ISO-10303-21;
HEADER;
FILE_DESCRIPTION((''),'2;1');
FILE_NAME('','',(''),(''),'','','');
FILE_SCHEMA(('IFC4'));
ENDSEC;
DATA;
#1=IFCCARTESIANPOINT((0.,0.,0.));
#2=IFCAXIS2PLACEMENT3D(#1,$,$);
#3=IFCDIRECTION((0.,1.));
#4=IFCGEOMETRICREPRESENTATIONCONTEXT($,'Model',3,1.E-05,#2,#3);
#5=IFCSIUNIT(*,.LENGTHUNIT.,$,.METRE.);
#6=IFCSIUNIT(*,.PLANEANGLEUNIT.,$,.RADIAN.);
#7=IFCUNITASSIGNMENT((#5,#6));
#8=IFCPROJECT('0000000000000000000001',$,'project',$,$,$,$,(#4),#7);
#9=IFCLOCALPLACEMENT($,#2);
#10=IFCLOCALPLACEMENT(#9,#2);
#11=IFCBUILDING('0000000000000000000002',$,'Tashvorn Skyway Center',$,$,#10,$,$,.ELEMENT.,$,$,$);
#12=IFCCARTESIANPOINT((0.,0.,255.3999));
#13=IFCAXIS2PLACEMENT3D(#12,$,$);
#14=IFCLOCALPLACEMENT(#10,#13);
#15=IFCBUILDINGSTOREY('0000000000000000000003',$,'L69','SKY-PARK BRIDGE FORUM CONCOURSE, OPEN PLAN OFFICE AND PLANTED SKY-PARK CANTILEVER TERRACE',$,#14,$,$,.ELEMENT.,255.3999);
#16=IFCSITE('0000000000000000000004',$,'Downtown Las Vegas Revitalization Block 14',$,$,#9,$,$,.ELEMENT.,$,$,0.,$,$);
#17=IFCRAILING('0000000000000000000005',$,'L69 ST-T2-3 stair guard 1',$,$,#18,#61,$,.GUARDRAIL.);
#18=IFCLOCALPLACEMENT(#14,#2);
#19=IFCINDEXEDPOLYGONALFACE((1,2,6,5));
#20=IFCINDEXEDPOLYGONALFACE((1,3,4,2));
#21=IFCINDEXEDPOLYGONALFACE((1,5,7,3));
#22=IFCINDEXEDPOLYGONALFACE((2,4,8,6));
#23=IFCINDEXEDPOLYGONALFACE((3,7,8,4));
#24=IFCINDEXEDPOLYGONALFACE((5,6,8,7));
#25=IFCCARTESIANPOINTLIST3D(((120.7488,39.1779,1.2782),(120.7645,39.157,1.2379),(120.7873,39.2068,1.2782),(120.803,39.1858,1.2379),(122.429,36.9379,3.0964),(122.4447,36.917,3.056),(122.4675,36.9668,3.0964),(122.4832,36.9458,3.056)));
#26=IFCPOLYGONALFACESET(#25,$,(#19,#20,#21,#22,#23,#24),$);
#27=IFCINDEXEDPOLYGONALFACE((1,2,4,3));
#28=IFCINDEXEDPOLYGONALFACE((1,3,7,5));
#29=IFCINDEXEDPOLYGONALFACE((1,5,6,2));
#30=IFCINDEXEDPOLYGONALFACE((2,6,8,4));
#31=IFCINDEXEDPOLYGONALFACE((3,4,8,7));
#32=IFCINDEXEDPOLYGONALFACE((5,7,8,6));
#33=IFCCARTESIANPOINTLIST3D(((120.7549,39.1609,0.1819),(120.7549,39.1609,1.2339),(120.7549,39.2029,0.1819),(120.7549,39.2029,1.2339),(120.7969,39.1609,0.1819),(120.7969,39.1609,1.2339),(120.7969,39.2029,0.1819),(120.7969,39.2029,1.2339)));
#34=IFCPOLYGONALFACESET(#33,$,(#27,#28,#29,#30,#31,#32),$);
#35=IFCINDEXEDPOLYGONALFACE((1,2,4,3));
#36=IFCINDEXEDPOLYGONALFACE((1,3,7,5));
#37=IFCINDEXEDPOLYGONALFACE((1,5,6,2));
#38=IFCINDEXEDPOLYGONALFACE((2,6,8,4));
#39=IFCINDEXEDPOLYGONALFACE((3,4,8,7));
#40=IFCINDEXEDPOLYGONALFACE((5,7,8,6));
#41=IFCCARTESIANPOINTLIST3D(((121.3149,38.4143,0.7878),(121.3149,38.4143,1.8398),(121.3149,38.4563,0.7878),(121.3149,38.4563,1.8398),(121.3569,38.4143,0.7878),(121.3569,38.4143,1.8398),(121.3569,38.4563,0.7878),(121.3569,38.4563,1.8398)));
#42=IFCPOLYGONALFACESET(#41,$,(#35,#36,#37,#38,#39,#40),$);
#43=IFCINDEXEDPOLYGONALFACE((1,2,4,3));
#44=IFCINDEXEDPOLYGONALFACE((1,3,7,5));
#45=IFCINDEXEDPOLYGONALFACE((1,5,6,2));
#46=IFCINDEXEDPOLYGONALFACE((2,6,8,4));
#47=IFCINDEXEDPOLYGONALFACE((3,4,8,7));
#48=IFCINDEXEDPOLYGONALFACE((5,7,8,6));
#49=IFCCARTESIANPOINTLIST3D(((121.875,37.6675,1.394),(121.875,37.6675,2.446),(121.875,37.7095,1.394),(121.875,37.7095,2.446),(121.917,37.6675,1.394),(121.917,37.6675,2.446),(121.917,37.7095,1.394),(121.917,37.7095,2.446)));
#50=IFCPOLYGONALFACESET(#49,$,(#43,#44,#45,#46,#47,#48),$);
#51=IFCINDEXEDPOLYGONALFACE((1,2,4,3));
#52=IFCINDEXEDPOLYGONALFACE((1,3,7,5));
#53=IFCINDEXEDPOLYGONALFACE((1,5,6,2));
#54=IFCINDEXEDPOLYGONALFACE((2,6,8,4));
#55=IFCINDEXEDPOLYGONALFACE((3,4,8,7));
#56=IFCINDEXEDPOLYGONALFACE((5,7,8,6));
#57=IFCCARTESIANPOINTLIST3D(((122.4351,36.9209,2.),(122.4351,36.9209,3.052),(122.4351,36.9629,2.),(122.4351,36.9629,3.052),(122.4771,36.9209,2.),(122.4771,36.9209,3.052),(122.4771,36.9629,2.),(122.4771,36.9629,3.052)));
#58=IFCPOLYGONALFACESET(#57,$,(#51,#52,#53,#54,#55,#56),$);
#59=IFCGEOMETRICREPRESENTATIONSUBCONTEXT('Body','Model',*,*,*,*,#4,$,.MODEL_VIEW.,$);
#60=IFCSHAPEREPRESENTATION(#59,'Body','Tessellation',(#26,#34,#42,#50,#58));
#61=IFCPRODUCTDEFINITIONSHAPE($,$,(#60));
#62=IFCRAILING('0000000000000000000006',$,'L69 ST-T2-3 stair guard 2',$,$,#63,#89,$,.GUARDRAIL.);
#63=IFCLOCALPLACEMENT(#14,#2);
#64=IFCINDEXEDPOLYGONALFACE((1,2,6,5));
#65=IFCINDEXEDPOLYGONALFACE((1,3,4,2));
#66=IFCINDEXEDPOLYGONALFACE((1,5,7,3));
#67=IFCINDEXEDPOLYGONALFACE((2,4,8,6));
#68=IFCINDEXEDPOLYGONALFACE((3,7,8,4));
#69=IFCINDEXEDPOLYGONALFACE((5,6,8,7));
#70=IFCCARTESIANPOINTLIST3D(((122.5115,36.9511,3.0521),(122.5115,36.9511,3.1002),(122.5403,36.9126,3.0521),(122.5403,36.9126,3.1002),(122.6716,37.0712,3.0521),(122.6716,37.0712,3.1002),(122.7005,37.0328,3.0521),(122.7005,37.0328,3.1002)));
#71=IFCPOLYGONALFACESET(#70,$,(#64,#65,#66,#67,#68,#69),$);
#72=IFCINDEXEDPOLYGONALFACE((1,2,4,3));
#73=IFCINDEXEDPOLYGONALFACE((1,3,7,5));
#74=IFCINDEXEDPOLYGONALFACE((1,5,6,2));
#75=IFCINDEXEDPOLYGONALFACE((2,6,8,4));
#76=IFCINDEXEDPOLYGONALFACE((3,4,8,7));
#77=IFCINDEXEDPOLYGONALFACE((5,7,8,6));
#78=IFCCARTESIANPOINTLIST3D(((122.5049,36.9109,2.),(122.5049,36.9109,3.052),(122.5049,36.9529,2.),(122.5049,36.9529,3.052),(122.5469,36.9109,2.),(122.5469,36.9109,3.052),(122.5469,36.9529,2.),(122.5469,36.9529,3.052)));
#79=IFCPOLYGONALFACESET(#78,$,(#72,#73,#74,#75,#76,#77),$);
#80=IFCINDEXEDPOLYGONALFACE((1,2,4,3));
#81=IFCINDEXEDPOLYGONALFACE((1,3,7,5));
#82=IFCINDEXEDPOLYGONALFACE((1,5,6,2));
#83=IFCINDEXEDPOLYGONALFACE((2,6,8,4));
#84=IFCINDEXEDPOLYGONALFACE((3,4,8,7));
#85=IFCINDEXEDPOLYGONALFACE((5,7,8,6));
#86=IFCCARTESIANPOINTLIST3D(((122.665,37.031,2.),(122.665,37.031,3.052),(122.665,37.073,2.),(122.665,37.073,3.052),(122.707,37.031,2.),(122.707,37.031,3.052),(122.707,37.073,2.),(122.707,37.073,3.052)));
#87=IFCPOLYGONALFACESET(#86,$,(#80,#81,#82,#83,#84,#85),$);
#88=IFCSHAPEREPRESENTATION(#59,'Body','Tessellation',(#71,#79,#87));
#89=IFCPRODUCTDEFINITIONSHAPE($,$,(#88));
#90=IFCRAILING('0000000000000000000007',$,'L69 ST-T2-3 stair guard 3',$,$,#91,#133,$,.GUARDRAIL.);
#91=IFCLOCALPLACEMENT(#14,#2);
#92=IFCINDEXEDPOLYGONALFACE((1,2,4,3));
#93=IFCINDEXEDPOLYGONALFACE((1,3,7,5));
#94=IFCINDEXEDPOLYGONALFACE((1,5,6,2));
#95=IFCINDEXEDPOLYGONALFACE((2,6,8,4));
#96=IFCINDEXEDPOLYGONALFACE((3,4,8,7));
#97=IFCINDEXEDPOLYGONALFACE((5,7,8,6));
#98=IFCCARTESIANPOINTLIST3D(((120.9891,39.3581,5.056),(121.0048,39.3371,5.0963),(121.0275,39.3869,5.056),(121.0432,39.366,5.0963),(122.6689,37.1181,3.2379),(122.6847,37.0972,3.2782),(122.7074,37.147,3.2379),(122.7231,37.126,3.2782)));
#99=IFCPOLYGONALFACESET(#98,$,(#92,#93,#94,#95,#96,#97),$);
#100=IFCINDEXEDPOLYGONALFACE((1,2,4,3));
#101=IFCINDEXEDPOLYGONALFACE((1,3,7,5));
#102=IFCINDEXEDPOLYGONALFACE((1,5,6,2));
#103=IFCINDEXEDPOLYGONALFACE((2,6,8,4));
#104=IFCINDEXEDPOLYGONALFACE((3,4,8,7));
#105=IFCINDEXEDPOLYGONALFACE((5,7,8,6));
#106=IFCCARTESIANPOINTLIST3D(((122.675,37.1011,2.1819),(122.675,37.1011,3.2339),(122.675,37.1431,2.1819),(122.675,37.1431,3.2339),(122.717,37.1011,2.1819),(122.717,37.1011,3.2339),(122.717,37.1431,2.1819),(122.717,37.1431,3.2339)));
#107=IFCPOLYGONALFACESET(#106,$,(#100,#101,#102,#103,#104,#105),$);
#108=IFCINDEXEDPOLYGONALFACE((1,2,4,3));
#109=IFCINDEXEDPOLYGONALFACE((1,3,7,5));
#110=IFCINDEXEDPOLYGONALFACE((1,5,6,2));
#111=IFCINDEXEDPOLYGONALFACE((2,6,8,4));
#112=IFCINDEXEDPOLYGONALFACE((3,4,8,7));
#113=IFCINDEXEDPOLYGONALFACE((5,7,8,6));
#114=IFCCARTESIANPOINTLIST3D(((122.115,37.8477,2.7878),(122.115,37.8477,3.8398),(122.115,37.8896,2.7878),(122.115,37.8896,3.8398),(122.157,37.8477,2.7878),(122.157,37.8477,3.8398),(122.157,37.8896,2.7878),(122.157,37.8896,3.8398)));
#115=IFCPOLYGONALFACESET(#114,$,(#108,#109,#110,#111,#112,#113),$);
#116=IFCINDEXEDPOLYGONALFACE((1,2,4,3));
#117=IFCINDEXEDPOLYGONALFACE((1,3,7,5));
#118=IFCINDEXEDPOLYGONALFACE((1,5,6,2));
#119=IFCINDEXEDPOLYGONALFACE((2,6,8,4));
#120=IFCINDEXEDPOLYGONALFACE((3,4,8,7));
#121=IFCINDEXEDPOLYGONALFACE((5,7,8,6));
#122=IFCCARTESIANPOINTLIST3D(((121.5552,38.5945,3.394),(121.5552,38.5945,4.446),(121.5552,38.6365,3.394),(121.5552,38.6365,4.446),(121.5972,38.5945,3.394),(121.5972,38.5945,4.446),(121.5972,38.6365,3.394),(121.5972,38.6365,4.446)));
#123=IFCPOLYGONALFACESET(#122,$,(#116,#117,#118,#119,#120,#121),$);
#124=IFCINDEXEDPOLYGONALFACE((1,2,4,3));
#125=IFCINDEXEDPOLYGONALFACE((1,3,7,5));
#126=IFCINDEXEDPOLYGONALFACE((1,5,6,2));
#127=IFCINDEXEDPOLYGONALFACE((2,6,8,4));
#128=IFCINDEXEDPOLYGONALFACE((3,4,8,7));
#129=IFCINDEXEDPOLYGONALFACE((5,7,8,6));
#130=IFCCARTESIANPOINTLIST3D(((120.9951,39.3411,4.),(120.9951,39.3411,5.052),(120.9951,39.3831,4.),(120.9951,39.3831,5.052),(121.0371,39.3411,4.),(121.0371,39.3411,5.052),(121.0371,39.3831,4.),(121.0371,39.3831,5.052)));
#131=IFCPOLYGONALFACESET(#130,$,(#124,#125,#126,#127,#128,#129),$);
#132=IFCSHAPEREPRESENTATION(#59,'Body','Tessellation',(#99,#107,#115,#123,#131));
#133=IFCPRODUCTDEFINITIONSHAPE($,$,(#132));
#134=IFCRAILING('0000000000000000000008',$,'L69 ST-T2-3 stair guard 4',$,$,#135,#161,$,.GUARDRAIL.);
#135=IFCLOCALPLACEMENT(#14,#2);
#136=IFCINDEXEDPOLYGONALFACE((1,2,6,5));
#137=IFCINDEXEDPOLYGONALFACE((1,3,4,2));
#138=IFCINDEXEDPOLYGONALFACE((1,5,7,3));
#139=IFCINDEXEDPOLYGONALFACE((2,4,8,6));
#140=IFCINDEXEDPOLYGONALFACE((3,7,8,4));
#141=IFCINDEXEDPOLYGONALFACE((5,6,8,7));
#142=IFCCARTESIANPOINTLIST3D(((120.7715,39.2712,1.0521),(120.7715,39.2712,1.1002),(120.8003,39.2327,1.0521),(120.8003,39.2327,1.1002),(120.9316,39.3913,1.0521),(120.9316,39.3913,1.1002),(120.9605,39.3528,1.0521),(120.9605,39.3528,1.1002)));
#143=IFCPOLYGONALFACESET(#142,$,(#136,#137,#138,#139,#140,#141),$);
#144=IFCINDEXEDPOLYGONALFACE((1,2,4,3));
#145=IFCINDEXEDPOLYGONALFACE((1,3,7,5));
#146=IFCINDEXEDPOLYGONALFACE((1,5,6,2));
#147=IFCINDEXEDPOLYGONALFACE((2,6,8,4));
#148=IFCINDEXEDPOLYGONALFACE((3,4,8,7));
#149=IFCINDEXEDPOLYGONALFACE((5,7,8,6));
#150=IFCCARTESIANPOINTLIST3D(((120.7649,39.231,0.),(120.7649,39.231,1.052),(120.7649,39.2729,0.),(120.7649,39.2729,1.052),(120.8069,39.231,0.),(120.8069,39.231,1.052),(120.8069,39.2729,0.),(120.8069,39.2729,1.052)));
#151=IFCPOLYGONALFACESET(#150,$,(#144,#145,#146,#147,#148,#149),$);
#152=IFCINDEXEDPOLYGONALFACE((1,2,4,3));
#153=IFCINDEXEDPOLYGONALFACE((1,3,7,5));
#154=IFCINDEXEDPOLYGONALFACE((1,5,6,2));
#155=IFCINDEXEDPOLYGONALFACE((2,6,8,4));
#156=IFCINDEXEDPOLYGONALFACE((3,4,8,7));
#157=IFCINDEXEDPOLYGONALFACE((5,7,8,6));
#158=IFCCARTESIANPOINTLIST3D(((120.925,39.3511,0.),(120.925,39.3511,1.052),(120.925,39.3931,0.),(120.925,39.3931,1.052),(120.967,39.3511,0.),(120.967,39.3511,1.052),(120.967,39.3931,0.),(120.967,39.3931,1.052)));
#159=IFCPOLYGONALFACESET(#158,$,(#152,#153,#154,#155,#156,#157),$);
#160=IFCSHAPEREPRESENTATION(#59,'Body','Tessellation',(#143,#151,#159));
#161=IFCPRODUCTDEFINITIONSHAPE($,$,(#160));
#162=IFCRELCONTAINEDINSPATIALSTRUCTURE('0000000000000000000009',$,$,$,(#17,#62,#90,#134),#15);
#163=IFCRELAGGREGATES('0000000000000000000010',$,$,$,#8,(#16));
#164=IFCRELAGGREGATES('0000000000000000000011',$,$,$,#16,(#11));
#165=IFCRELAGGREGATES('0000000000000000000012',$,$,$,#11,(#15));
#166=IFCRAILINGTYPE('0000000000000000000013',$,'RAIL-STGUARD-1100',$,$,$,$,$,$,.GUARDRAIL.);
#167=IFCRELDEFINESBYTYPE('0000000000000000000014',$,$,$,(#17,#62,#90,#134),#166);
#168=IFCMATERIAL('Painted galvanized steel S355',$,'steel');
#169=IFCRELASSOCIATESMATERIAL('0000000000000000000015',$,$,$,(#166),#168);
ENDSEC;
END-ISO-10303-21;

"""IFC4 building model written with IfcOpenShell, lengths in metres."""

from ifc_helpers import new_model, si_unit, direction, frame, origin, origin_2d, place, context, subcontext, project, spatial, rectangle, extrude, material, type_object, element, save


model = new_model("IFC4")

# Units and contexts
model_context = context("Model", 3, precision=1e-05, world=origin(), true_north=direction((0.0, 1.0)))
body_context = subcontext(model_context, "Body", "Model", "MODEL_VIEW")
ifc_project = project(units=[si_unit("LENGTHUNIT", "METRE"), si_unit("PLANEANGLEUNIT", "RADIAN")], contexts=[model_context])

# Site, building, storey
site_placement = place(None, origin())
site = spatial("IfcSite", under=ifc_project, at=site_placement, Name="Downtown Las Vegas Revitalization Block 14", CompositionType="ELEMENT", RefElevation=0.0)
building_placement = place(site_placement, origin())
building = spatial("IfcBuilding", under=site, at=building_placement, Name="Tashvorn Skyway Center", CompositionType="ELEMENT")
storey_placement = place(building_placement, frame((0.0, 0.0, 255.3999)))
storey = spatial("IfcBuildingStorey", under=building, at=storey_placement, Name="L69", Description="SKY-PARK BRIDGE FORUM CONCOURSE, OPEN PLAN OFFICE AND PLANTED SKY-PARK CANTILEVER TERRACE", CompositionType="ELEMENT", Elevation=255.3999)

# Railings
ifc_material_1 = material(Name="Painted galvanized steel S355", Category="steel")
railing_type_1 = type_object("IfcRailingType", Name="RAIL-STGUARD-1100", PredefinedType="GUARDRAIL", material=ifc_material_1)
railing_1_placement = place(storey_placement, frame((120.7759, 39.1819, 0.1819)))
element("IfcRailing", 1, at=railing_1_placement, inside=storey, type_object=railing_type_1, Name="L69 ST-T2-3 stair guard 1", PredefinedType="GUARDRAIL", context=body_context, shape_type="SweptSolid", body=[
    extrude(rectangle(XDim=0.0481, YDim=0.0481, at=origin_2d()), frame((0.0, 0.0, 1.0762), z_axis=(0.503261, -0.670942, 0.544578), x_axis=(0.799969, 0.600042, 0.0)), (0.0, 0.0, 1.0), 3.3386),
    extrude(rectangle(XDim=0.042, YDim=0.042, at=origin_2d()), origin(), (0.0, 0.0, 1.0), 1.052),
    extrude(rectangle(XDim=0.042, YDim=0.042, at=origin_2d()), frame((0.5601, -0.7466, 0.606)), (0.0, 0.0, 1.0), 1.052),
    extrude(rectangle(XDim=0.042, YDim=0.042, at=origin_2d()), frame((1.1201, -1.4934, 1.2122)), (0.0, 0.0, 1.0), 1.052),
    extrude(rectangle(XDim=0.042, YDim=0.042, at=origin_2d()), frame((1.6802, -2.24, 1.8181)), (0.0, 0.0, 1.0), 1.052),
])
railing_2_placement = place(storey_placement, frame((122.5259, 36.9319, 2.0)))
element("IfcRailing", 2, at=railing_2_placement, inside=storey, type_object=railing_type_1, Name="L69 ST-T2-3 stair guard 2", PredefinedType="GUARDRAIL", context=body_context, shape_type="SweptSolid", body=[
    extrude(rectangle(XDim=0.0481, YDim=0.0481, at=origin_2d()), frame((0.0, 0.0, 1.0762), z_axis=(0.8, 0.6, 0.0), x_axis=(-0.6, 0.8, 0.0)), (0.0, 0.0, 1.0), 0.2002),
    extrude(rectangle(XDim=0.042, YDim=0.042, at=origin_2d()), origin(), (0.0, 0.0, 1.0), 1.052),
    extrude(rectangle(XDim=0.042, YDim=0.042, at=origin_2d()), frame((0.1602, 0.1201, 0.0)), (0.0, 0.0, 1.0), 1.052),
])
railing_3_placement = place(storey_placement, frame((122.696, 37.1221, 2.1819)))
element("IfcRailing", 3, at=railing_3_placement, inside=storey, type_object=railing_type_1, Name="L69 ST-T2-3 stair guard 3", PredefinedType="GUARDRAIL", context=body_context, shape_type="SweptSolid", body=[
    extrude(rectangle(XDim=0.0481, YDim=0.0481, at=origin_2d()), frame((0.0, 0.0, 1.0762), z_axis=(-0.503207, 0.670966, 0.544598), x_axis=(-0.80001, -0.599986, 0.0)), (0.0, 0.0, 1.0), 3.3384),
    extrude(rectangle(XDim=0.042, YDim=0.042, at=origin_2d()), origin(), (0.0, 0.0, 1.0), 1.052),
    extrude(rectangle(XDim=0.042, YDim=0.042, at=origin_2d()), frame((-0.5601, 0.7466, 0.606)), (0.0, 0.0, 1.0), 1.052),
    extrude(rectangle(XDim=0.042, YDim=0.042, at=origin_2d()), frame((-1.1199, 1.4934, 1.2122)), (0.0, 0.0, 1.0), 1.052),
    extrude(rectangle(XDim=0.042, YDim=0.042, at=origin_2d()), frame((-1.6799, 2.24, 1.8181)), (0.0, 0.0, 1.0), 1.052),
])
railing_4_placement = place(storey_placement, frame((120.7859, 39.252, 0.0)))
element("IfcRailing", 4, at=railing_4_placement, inside=storey, type_object=railing_type_1, Name="L69 ST-T2-3 stair guard 4", PredefinedType="GUARDRAIL", context=body_context, shape_type="SweptSolid", body=[
    extrude(rectangle(XDim=0.0481, YDim=0.0481, at=origin_2d()), frame((0.0, 0.0, 1.0762), z_axis=(0.8, 0.6, 0.0), x_axis=(-0.6, 0.8, 0.0)), (0.0, 0.0, 1.0), 0.2002),
    extrude(rectangle(XDim=0.042, YDim=0.042, at=origin_2d()), origin(), (0.0, 0.0, 1.0), 1.052),
    extrude(rectangle(XDim=0.042, YDim=0.042, at=origin_2d()), frame((0.1602, 0.1201, 0.0)), (0.0, 0.0, 1.0), 1.052),
])

save(model, "model.ifc")
